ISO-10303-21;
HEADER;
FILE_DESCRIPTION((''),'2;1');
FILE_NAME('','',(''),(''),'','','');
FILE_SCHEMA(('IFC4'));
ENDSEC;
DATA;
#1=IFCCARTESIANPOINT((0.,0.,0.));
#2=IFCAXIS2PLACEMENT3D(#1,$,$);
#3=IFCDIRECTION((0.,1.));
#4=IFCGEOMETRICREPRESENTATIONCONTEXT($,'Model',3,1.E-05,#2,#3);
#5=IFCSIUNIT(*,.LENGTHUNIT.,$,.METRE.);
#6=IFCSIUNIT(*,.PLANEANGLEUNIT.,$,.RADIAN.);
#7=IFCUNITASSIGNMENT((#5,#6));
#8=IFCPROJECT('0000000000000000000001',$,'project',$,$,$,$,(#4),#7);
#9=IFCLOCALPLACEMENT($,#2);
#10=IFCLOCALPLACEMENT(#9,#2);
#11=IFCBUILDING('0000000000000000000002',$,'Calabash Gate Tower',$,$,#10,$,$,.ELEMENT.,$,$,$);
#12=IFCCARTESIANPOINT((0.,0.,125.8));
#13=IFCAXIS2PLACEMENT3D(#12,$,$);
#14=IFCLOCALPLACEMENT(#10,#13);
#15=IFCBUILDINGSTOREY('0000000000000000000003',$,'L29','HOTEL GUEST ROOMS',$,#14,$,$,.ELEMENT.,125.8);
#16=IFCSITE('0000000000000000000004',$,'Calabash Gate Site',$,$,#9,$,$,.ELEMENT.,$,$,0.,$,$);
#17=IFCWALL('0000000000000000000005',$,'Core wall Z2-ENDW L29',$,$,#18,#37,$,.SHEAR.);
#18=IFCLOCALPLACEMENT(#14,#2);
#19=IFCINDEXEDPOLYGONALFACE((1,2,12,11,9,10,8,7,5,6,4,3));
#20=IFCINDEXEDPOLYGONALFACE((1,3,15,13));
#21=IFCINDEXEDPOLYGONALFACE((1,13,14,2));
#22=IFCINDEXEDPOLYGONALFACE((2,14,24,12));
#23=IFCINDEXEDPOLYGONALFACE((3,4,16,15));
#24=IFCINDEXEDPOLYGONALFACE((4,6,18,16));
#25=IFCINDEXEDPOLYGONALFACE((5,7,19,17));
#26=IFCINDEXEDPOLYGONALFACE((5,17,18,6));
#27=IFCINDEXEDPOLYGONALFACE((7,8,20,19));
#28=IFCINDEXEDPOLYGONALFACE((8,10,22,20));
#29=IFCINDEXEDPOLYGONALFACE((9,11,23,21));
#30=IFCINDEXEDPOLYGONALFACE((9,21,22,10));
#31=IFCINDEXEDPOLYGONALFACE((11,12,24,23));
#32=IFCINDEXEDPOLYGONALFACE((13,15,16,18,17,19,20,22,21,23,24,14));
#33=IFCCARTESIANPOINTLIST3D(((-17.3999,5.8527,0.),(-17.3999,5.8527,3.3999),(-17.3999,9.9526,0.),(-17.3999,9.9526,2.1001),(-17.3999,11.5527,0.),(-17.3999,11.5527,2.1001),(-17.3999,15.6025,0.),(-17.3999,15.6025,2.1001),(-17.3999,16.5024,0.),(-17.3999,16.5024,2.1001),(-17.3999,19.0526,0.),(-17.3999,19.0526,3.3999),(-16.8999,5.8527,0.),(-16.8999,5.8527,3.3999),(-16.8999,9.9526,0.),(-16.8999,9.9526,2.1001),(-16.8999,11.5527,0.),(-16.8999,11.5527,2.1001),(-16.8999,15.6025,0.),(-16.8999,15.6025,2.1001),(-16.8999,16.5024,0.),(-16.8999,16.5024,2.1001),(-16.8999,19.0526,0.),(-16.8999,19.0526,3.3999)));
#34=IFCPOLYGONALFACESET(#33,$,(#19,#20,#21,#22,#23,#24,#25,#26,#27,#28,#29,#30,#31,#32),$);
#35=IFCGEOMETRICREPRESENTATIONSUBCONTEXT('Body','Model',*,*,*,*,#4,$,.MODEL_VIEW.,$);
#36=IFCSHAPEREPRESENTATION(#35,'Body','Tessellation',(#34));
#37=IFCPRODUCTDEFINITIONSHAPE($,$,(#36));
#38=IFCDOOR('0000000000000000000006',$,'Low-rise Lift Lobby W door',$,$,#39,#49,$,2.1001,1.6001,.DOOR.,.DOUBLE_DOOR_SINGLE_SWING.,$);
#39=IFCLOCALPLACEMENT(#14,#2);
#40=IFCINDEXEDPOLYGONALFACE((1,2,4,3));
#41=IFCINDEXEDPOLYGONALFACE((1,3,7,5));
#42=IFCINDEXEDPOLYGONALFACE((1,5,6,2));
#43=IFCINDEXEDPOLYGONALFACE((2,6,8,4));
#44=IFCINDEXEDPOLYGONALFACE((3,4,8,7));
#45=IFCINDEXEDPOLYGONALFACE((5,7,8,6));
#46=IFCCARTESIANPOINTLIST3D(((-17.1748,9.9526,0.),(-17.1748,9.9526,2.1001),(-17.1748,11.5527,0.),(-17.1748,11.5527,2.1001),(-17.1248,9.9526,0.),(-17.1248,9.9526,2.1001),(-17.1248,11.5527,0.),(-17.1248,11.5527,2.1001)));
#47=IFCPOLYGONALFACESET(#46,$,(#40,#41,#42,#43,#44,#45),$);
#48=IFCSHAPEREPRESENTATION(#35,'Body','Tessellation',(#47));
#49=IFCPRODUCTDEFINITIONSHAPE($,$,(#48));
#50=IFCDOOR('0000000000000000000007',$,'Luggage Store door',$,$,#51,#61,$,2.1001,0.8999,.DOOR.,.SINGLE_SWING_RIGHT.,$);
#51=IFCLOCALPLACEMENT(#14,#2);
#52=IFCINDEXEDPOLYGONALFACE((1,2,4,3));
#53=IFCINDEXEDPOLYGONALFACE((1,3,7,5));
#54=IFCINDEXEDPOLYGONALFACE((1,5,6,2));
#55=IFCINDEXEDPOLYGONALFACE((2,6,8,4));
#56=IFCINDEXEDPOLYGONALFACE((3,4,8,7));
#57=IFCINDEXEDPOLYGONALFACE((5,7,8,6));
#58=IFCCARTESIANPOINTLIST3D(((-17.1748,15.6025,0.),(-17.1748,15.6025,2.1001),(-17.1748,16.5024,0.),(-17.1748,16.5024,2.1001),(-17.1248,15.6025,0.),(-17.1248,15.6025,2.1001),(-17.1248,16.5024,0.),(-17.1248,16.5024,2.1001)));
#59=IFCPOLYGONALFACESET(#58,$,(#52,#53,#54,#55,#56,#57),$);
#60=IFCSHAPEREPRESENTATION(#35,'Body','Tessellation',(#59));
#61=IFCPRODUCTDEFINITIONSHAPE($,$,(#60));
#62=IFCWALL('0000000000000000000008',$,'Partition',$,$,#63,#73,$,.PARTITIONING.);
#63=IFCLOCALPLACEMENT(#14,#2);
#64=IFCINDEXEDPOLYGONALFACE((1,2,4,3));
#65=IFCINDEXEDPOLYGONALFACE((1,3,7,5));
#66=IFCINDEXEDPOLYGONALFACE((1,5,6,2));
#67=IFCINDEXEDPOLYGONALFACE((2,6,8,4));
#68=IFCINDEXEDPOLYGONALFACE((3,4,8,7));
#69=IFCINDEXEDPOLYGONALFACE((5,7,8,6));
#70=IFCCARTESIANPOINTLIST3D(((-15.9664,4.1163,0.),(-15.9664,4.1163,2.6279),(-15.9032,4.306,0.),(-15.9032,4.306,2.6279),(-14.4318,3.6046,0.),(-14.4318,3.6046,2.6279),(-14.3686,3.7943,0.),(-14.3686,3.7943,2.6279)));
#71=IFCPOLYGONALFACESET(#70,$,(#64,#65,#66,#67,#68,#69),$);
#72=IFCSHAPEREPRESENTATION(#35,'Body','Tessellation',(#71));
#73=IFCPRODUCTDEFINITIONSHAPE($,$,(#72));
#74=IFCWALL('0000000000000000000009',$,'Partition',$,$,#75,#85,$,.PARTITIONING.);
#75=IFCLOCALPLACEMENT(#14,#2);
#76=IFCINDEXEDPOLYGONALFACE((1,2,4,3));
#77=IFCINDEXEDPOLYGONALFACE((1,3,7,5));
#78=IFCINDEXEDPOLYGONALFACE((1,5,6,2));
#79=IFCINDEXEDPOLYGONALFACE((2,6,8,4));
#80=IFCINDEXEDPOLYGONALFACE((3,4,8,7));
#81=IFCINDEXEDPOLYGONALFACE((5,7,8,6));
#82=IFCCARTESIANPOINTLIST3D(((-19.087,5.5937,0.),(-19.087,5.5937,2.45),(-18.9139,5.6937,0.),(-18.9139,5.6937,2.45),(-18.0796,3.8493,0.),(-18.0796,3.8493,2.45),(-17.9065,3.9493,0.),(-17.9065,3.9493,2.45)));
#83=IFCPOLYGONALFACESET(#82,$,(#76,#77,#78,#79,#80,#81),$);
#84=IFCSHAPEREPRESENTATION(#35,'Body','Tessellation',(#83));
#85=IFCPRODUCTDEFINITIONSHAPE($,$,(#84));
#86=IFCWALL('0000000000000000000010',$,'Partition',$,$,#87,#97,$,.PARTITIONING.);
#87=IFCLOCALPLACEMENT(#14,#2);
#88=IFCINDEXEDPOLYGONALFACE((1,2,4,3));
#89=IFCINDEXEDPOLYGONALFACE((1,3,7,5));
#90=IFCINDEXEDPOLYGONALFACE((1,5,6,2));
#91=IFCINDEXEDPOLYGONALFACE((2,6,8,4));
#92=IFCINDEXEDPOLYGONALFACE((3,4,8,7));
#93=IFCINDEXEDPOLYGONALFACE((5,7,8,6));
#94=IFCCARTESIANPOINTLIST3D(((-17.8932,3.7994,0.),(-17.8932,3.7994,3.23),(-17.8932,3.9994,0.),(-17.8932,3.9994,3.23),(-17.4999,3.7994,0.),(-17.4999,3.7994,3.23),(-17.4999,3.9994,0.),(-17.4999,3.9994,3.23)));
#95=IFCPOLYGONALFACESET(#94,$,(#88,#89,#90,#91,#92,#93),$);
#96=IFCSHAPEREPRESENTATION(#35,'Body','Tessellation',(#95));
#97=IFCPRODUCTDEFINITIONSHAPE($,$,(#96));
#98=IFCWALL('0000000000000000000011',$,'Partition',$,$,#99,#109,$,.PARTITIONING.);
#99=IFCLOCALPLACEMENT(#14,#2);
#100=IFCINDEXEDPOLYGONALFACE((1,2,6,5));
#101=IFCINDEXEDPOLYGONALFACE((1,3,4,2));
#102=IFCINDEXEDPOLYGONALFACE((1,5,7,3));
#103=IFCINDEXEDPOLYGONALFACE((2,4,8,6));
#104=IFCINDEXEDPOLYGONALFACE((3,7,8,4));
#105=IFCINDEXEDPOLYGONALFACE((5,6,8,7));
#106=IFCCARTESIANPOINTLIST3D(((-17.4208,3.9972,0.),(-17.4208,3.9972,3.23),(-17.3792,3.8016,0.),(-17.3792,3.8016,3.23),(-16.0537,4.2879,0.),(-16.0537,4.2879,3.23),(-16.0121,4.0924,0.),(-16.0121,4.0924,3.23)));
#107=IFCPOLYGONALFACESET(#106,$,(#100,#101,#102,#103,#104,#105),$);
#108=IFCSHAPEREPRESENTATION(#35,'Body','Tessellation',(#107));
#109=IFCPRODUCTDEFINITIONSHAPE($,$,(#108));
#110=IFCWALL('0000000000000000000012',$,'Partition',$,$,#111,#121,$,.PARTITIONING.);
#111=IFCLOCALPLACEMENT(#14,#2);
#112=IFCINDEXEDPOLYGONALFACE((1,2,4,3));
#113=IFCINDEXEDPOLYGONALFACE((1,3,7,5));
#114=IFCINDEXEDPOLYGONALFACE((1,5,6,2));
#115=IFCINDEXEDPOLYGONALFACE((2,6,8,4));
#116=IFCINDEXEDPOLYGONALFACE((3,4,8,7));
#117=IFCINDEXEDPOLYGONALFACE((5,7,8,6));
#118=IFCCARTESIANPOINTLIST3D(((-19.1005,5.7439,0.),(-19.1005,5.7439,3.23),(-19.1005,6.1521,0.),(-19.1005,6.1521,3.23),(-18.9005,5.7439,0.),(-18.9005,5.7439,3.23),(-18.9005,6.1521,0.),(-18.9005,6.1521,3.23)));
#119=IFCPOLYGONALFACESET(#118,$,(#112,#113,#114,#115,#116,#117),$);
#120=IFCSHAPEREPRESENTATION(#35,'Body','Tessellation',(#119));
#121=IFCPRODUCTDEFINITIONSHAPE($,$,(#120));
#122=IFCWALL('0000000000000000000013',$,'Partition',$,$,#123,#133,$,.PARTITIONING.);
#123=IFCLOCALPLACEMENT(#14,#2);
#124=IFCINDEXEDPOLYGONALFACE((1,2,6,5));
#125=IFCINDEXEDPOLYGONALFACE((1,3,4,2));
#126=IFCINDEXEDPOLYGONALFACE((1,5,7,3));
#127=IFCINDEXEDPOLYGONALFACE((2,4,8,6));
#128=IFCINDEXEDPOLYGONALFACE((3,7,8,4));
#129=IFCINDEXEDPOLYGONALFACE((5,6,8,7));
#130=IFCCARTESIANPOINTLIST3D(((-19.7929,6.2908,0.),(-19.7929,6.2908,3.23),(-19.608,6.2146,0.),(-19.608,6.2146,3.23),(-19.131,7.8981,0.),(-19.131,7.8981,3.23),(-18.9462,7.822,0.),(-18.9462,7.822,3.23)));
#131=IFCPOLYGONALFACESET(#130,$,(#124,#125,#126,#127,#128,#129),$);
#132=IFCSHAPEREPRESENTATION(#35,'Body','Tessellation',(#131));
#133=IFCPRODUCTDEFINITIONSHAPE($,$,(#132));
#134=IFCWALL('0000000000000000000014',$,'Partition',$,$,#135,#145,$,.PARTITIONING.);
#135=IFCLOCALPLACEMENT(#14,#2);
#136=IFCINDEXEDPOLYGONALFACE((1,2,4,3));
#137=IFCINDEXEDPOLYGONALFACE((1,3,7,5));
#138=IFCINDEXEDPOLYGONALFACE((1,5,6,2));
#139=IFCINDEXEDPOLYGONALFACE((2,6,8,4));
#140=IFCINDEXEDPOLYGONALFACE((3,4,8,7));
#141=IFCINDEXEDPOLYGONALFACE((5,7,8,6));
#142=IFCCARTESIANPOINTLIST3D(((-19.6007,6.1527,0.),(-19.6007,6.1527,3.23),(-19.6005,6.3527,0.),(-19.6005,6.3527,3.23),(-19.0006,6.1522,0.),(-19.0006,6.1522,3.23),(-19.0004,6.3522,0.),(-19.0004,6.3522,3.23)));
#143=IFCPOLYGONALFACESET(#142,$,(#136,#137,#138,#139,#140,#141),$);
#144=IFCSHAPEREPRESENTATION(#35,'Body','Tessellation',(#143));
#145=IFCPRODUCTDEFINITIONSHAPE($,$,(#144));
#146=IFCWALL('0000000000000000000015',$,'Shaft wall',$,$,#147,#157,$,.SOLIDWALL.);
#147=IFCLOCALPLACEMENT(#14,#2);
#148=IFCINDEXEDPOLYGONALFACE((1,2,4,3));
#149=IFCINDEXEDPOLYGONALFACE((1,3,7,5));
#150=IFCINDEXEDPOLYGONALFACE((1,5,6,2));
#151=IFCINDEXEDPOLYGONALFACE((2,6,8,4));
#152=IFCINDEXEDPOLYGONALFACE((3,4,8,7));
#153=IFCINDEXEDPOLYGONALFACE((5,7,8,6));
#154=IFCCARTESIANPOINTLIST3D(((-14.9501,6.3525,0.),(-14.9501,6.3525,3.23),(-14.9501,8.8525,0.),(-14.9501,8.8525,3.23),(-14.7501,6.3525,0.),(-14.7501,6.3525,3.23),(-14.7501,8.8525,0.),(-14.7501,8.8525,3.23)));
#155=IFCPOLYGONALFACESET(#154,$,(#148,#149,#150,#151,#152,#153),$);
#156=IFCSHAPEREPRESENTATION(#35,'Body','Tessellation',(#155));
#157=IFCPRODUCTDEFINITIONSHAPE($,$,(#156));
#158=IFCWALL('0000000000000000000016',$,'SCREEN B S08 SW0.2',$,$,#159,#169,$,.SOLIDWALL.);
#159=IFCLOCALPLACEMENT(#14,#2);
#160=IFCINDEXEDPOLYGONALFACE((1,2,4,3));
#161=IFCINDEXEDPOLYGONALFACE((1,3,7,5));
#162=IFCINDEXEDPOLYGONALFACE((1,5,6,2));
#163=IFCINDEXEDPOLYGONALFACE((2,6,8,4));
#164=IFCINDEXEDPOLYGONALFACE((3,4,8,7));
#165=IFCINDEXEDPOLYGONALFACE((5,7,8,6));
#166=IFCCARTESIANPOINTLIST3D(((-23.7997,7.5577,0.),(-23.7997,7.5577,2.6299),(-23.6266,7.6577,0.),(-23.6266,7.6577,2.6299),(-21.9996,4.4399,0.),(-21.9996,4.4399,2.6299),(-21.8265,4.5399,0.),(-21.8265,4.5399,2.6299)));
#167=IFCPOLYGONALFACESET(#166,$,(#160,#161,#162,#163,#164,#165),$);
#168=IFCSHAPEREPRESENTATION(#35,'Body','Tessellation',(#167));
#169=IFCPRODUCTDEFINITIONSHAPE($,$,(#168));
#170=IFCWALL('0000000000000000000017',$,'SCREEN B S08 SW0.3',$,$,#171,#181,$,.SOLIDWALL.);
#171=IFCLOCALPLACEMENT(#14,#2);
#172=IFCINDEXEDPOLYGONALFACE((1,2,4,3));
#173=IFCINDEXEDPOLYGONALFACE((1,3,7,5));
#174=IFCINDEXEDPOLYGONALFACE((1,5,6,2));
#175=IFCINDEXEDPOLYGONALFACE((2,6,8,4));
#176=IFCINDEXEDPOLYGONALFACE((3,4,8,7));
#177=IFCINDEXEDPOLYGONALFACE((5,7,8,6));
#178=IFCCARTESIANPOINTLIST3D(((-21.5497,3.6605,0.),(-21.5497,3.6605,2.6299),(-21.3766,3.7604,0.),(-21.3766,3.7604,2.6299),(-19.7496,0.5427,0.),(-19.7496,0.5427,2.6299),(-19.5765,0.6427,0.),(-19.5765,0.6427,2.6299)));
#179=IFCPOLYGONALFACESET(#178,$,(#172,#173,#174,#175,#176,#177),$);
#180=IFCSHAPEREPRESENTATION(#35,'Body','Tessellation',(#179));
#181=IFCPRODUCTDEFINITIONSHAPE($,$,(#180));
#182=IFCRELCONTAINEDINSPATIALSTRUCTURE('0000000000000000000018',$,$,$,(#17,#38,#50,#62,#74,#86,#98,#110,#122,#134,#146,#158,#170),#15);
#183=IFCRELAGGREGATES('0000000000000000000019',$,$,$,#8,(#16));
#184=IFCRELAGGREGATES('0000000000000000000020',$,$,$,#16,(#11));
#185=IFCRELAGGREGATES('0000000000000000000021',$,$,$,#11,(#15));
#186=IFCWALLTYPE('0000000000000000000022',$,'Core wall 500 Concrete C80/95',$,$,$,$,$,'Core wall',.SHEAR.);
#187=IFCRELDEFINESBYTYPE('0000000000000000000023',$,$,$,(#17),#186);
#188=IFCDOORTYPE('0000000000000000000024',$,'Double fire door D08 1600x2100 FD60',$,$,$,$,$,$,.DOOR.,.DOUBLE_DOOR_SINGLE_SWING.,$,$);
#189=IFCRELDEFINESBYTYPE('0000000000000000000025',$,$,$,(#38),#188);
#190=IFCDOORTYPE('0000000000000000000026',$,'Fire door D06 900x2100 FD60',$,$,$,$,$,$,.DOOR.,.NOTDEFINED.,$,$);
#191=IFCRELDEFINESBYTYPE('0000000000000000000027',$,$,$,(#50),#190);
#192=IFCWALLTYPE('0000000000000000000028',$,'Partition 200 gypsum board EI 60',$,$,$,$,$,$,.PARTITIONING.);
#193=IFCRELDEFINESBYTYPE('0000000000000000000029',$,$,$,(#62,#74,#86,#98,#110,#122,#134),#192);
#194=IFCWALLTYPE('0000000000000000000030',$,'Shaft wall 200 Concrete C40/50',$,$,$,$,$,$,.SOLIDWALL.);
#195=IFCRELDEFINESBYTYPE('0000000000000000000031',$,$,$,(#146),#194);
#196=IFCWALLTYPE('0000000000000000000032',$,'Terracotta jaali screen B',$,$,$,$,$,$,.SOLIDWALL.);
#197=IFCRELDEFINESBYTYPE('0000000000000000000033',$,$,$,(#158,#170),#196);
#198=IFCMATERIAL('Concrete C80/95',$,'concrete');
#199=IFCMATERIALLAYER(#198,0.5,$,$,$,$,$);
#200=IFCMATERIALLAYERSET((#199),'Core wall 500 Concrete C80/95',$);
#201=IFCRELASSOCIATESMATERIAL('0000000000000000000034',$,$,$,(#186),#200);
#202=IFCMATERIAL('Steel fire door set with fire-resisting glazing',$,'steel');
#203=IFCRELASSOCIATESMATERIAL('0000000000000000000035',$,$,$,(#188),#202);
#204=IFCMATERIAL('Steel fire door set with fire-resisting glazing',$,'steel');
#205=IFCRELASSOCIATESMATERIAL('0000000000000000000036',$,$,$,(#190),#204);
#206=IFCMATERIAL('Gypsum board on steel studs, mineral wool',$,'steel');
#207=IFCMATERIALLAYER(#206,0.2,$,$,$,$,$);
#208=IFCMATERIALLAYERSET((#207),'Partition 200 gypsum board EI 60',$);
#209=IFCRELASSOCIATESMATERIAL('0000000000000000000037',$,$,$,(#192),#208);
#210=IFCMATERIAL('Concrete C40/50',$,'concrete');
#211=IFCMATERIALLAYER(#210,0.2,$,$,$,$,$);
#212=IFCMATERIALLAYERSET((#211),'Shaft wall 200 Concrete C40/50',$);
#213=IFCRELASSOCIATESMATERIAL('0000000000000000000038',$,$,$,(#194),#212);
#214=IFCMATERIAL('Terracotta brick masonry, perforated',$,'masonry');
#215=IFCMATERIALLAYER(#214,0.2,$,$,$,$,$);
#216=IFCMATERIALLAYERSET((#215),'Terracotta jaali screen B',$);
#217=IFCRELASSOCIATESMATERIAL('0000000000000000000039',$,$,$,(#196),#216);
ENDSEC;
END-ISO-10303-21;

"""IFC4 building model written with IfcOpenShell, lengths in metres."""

from ifc_helpers import new_model, si_unit, direction, frame, frame_2d, origin, place, context, subcontext, project, spatial, rectangle, extrude, material, layer, layer_set, type_object, element, fill, save


model = new_model("IFC4")

# Units and contexts
model_context = context("Model", 3, precision=1e-05, world=origin(), true_north=direction((0.0, 1.0)))
body_context = subcontext(model_context, "Body", "Model", "MODEL_VIEW")
ifc_project = project(units=[si_unit("LENGTHUNIT", "METRE"), si_unit("PLANEANGLEUNIT", "RADIAN")], contexts=[model_context])

# Site, building, storey
site_placement = place(None, origin())
site = spatial("IfcSite", under=ifc_project, at=site_placement, Name="Calabash Gate Site", CompositionType="ELEMENT", RefElevation=0.0)
building_placement = place(site_placement, origin())
building = spatial("IfcBuilding", under=site, at=building_placement, Name="Calabash Gate Tower", CompositionType="ELEMENT")
storey_placement = place(building_placement, frame((0.0, 0.0, 125.8)))
storey = spatial("IfcBuildingStorey", under=building, at=storey_placement, Name="L29", Description="HOTEL GUEST ROOMS", CompositionType="ELEMENT", Elevation=125.8)

# Wall, openings, doors
ifc_material_1 = material(Name="Concrete C80/95", Category="concrete")
ifc_layer_1 = layer(ifc_material_1, 0.5)
ifc_layer_set_1 = layer_set([ifc_layer_1], Name="Core wall 500 Concrete C80/95")
wall_type_1 = type_object("IfcWallType", Name="Core wall 500 Concrete C80/95", ElementType="Core wall", PredefinedType="SHEAR", material=ifc_layer_set_1)
wall_1_placement = place(storey_placement, frame((-17.1499, 5.8525, 0.0), z_axis=(0.0, 0.0, 1.0), x_axis=(0.0, 1.0, 0.0)))
wall_1 = element("IfcWall", 1, at=wall_1_placement, inside=storey, type_object=wall_type_1, Name="Core wall Z2-ENDW L29", PredefinedType="SHEAR", context=body_context, shape_type="SweptSolid", body=[
    extrude(rectangle(XDim=13.2, YDim=0.5, at=frame_2d((6.6001, 0.0))), origin(), (0.0, 0.0, 1.0), 3.3999),
])
opening_1_placement = place(wall_1_placement, frame((4.1001, 0.0, 0.0)))
opening_1 = element("IfcOpeningElement", 2, at=opening_1_placement, cuts=wall_1, PredefinedType="OPENING", context=body_context, shape_type="SweptSolid", body=[
    extrude(rectangle(XDim=1.6001, YDim=2.1001, at=frame_2d((0.8, 1.05))), frame((0.0, 0.26, 0.0), z_axis=(0.0, -1.0, 0.0), x_axis=(1.0, 0.0, 0.0)), (0.0, 0.0, 1.0), 0.52),
])
opening_2_placement = place(wall_1_placement, frame((9.75, 0.0, 0.0)))
opening_2 = element("IfcOpeningElement", 3, at=opening_2_placement, cuts=wall_1, PredefinedType="OPENING", context=body_context, shape_type="SweptSolid", body=[
    extrude(rectangle(XDim=0.8999, YDim=2.1001, at=frame_2d((0.45, 1.05))), frame((0.0, 0.26, 0.0), z_axis=(0.0, -1.0, 0.0), x_axis=(1.0, 0.0, 0.0)), (0.0, 0.0, 1.0), 0.52),
])
ifc_material_2 = material(Name="Steel fire door set with fire-resisting glazing", Category="steel")
door_type_1 = type_object("IfcDoorType", Name="Double fire door D08 1600x2100 FD60", OperationType="DOUBLE_DOOR_SINGLE_SWING", PredefinedType="DOOR", material=ifc_material_2)
door_1_placement = place(opening_1_placement, origin())
door_1 = element("IfcDoor", 4, at=door_1_placement, inside=storey, type_object=door_type_1, Name="Low-rise Lift Lobby W door", OperationType="DOUBLE_DOOR_SINGLE_SWING", OverallHeight=2.1001, OverallWidth=1.6001, PredefinedType="DOOR", context=body_context, shape_type="SweptSolid", body=[
    extrude(rectangle(XDim=1.6001, YDim=2.1001, at=frame_2d((0.8, 1.05))), frame((0.0, 0.0249, 0.0), z_axis=(0.0, -1.0, 0.0), x_axis=(1.0, 0.0, 0.0)), (0.0, 0.0, 1.0), 0.05),
])
fill(opening_1, door_1)
ifc_material_3 = material(Name="Steel fire door set with fire-resisting glazing", Category="steel")
door_type_2 = type_object("IfcDoorType", Name="Fire door D06 900x2100 FD60", OperationType="NOTDEFINED", PredefinedType="DOOR", material=ifc_material_3)
door_2_placement = place(opening_2_placement, origin())
door_2 = element("IfcDoor", 5, at=door_2_placement, inside=storey, type_object=door_type_2, Name="Luggage Store door", OperationType="SINGLE_SWING_RIGHT", OverallHeight=2.1001, OverallWidth=0.8999, PredefinedType="DOOR", context=body_context, shape_type="SweptSolid", body=[
    extrude(rectangle(XDim=0.8999, YDim=2.1001, at=frame_2d((0.45, 1.05))), frame((0.0, 0.0249, 0.0), z_axis=(0.0, -1.0, 0.0), x_axis=(1.0, 0.0, 0.0)), (0.0, 0.0, 1.0), 0.05),
])
fill(opening_2, door_2)

# Walls
ifc_material_4 = material(Name="Gypsum board on steel studs, mineral wool", Category="steel")
ifc_layer_2 = layer(ifc_material_4, 0.2)
ifc_layer_set_2 = layer_set([ifc_layer_2], Name="Partition 200 gypsum board EI 60")
wall_type_2 = type_object("IfcWallType", Name="Partition 200 gypsum board EI 60", PredefinedType="PARTITIONING", material=ifc_layer_set_2)
wall_2_placement = place(storey_placement, frame((-15.9348, 4.2112, 0.0), z_axis=(0.0, 0.0, 1.0), x_axis=(0.948653, -0.316318, 0.0)))
element("IfcWall", 6, at=wall_2_placement, inside=storey, type_object=wall_type_2, Name="Partition", PredefinedType="PARTITIONING", context=body_context, shape_type="SweptSolid", body=[
    extrude(rectangle(XDim=1.6177, YDim=0.2, at=frame_2d((0.8088, 0.0))), origin(), (0.0, 0.0, 1.0), 2.6279),
])
wall_3_placement = place(storey_placement, frame((-19.0005, 5.6438, 0.0), z_axis=(0.0, 0.0, 1.0), x_axis=(0.500076, -0.865982, 0.0)))
element("IfcWall", 7, at=wall_3_placement, inside=storey, type_object=wall_type_2, Name="Partition", PredefinedType="PARTITIONING", context=body_context, shape_type="SweptSolid", body=[
    extrude(rectangle(XDim=2.0144, YDim=0.2, at=frame_2d((1.0073, 0.0))), origin(), (0.0, 0.0, 1.0), 2.45),
])
wall_4_placement = place(storey_placement, frame((-17.8933, 3.8994, 0.0), z_axis=(0.0, 0.0, 1.0), x_axis=(1.0, 0.0, 0.0)))
element("IfcWall", 8, at=wall_4_placement, inside=storey, type_object=wall_type_2, Name="Partition", PredefinedType="PARTITIONING", context=body_context, shape_type="SweptSolid", body=[
    extrude(rectangle(XDim=0.3933, YDim=0.2, at=frame_2d((0.1968, 0.0))), origin(), (0.0, 0.0, 1.0), 3.23),
])
wall_5_placement = place(storey_placement, frame((-17.3999, 3.8994, 0.0), z_axis=(0.0, 0.0, 1.0), x_axis=(0.978123, 0.208026, 0.0)))
element("IfcWall", 9, at=wall_5_placement, inside=storey, type_object=wall_type_2, Name="Partition", PredefinedType="PARTITIONING", context=body_context, shape_type="SweptSolid", body=[
    extrude(rectangle(XDim=1.3977, YDim=0.2, at=frame_2d((0.6987, 0.0))), origin(), (0.0, 0.0, 1.0), 3.23),
])
wall_6_placement = place(storey_placement, frame((-19.0005, 6.1521, 0.0), z_axis=(0.0, 0.0, 1.0), x_axis=(0.0, -1.0, 0.0)))
element("IfcWall", 10, at=wall_6_placement, inside=storey, type_object=wall_type_2, Name="Partition", PredefinedType="PARTITIONING", context=body_context, shape_type="SweptSolid", body=[
    extrude(rectangle(XDim=0.4082, YDim=0.2, at=frame_2d((0.2041, 0.0))), origin(), (0.0, 0.0, 1.0), 3.23),
])
wall_7_placement = place(storey_placement, frame((-19.7004, 6.2527, 0.0), z_axis=(0.0, 0.0, 1.0), x_axis=(0.380743, 0.924681, 0.0)))
element("IfcWall", 11, at=wall_7_placement, inside=storey, type_object=wall_type_2, Name="Partition", PredefinedType="PARTITIONING", context=body_context, shape_type="SweptSolid", body=[
    extrude(rectangle(XDim=1.7383, YDim=0.2, at=frame_2d((0.8691, 0.0))), origin(), (0.0, 0.0, 1.0), 3.23),
])
wall_8_placement = place(storey_placement, frame((-19.6006, 6.2527, 0.0), z_axis=(0.0, 0.0, 1.0), x_axis=(1.0, -0.000814, 0.0)))
element("IfcWall", 12, at=wall_8_placement, inside=storey, type_object=wall_type_2, Name="Partition", PredefinedType="PARTITIONING", context=body_context, shape_type="SweptSolid", body=[
    extrude(rectangle(XDim=0.6001, YDim=0.2, at=frame_2d((0.3, 0.0))), origin(), (0.0, 0.0, 1.0), 3.23),
])
ifc_material_5 = material(Name="Concrete C40/50", Category="concrete")
ifc_layer_3 = layer(ifc_material_5, 0.2)
ifc_layer_set_3 = layer_set([ifc_layer_3], Name="Shaft wall 200 Concrete C40/50")
wall_type_3 = type_object("IfcWallType", Name="Shaft wall 200 Concrete C40/50", PredefinedType="SOLIDWALL", material=ifc_layer_set_3)
wall_9_placement = place(storey_placement, frame((-14.8501, 6.3525, 0.0), z_axis=(0.0, 0.0, 1.0), x_axis=(0.0, 1.0, 0.0)))
element("IfcWall", 13, at=wall_9_placement, inside=storey, type_object=wall_type_3, Name="Shaft wall", PredefinedType="SOLIDWALL", context=body_context, shape_type="SweptSolid", body=[
    extrude(rectangle(XDim=2.5, YDim=0.2, at=frame_2d((1.25, 0.0))), origin(), (0.0, 0.0, 1.0), 3.23),
])
ifc_material_6 = material(Name="Terracotta brick masonry, perforated", Category="masonry")
ifc_layer_4 = layer(ifc_material_6, 0.2)
ifc_layer_set_4 = layer_set([ifc_layer_4], Name="Terracotta jaali screen B")
wall_type_4 = type_object("IfcWallType", Name="Terracotta jaali screen B", PredefinedType="SOLIDWALL", material=ifc_layer_set_4)
for number, where, z_axis, x_axis, name in (
    (14, (-23.7131, 7.6077, 0.0), (0.0, 0.0, 1.0), (0.500012, -0.866018, 0.0), "SCREEN B S08 SW0.2"),
    (15, (-21.4631, 3.7104, 0.0), (0.0, 0.0, 1.0), (0.500012, -0.866018, 0.0), "SCREEN B S08 SW0.3"),
):
    element("IfcWall", number, at=place(storey_placement, frame(where, z_axis=z_axis, x_axis=x_axis)), inside=storey, type_object=wall_type_4, Name=name, PredefinedType="SOLIDWALL", context=body_context, shape_type="SweptSolid", body=[
        extrude(rectangle(XDim=3.6001, YDim=0.2, at=frame_2d((1.8, 0.0))), origin(), (0.0, 0.0, 1.0), 2.6299),
    ])

save(model, "model.ifc")
